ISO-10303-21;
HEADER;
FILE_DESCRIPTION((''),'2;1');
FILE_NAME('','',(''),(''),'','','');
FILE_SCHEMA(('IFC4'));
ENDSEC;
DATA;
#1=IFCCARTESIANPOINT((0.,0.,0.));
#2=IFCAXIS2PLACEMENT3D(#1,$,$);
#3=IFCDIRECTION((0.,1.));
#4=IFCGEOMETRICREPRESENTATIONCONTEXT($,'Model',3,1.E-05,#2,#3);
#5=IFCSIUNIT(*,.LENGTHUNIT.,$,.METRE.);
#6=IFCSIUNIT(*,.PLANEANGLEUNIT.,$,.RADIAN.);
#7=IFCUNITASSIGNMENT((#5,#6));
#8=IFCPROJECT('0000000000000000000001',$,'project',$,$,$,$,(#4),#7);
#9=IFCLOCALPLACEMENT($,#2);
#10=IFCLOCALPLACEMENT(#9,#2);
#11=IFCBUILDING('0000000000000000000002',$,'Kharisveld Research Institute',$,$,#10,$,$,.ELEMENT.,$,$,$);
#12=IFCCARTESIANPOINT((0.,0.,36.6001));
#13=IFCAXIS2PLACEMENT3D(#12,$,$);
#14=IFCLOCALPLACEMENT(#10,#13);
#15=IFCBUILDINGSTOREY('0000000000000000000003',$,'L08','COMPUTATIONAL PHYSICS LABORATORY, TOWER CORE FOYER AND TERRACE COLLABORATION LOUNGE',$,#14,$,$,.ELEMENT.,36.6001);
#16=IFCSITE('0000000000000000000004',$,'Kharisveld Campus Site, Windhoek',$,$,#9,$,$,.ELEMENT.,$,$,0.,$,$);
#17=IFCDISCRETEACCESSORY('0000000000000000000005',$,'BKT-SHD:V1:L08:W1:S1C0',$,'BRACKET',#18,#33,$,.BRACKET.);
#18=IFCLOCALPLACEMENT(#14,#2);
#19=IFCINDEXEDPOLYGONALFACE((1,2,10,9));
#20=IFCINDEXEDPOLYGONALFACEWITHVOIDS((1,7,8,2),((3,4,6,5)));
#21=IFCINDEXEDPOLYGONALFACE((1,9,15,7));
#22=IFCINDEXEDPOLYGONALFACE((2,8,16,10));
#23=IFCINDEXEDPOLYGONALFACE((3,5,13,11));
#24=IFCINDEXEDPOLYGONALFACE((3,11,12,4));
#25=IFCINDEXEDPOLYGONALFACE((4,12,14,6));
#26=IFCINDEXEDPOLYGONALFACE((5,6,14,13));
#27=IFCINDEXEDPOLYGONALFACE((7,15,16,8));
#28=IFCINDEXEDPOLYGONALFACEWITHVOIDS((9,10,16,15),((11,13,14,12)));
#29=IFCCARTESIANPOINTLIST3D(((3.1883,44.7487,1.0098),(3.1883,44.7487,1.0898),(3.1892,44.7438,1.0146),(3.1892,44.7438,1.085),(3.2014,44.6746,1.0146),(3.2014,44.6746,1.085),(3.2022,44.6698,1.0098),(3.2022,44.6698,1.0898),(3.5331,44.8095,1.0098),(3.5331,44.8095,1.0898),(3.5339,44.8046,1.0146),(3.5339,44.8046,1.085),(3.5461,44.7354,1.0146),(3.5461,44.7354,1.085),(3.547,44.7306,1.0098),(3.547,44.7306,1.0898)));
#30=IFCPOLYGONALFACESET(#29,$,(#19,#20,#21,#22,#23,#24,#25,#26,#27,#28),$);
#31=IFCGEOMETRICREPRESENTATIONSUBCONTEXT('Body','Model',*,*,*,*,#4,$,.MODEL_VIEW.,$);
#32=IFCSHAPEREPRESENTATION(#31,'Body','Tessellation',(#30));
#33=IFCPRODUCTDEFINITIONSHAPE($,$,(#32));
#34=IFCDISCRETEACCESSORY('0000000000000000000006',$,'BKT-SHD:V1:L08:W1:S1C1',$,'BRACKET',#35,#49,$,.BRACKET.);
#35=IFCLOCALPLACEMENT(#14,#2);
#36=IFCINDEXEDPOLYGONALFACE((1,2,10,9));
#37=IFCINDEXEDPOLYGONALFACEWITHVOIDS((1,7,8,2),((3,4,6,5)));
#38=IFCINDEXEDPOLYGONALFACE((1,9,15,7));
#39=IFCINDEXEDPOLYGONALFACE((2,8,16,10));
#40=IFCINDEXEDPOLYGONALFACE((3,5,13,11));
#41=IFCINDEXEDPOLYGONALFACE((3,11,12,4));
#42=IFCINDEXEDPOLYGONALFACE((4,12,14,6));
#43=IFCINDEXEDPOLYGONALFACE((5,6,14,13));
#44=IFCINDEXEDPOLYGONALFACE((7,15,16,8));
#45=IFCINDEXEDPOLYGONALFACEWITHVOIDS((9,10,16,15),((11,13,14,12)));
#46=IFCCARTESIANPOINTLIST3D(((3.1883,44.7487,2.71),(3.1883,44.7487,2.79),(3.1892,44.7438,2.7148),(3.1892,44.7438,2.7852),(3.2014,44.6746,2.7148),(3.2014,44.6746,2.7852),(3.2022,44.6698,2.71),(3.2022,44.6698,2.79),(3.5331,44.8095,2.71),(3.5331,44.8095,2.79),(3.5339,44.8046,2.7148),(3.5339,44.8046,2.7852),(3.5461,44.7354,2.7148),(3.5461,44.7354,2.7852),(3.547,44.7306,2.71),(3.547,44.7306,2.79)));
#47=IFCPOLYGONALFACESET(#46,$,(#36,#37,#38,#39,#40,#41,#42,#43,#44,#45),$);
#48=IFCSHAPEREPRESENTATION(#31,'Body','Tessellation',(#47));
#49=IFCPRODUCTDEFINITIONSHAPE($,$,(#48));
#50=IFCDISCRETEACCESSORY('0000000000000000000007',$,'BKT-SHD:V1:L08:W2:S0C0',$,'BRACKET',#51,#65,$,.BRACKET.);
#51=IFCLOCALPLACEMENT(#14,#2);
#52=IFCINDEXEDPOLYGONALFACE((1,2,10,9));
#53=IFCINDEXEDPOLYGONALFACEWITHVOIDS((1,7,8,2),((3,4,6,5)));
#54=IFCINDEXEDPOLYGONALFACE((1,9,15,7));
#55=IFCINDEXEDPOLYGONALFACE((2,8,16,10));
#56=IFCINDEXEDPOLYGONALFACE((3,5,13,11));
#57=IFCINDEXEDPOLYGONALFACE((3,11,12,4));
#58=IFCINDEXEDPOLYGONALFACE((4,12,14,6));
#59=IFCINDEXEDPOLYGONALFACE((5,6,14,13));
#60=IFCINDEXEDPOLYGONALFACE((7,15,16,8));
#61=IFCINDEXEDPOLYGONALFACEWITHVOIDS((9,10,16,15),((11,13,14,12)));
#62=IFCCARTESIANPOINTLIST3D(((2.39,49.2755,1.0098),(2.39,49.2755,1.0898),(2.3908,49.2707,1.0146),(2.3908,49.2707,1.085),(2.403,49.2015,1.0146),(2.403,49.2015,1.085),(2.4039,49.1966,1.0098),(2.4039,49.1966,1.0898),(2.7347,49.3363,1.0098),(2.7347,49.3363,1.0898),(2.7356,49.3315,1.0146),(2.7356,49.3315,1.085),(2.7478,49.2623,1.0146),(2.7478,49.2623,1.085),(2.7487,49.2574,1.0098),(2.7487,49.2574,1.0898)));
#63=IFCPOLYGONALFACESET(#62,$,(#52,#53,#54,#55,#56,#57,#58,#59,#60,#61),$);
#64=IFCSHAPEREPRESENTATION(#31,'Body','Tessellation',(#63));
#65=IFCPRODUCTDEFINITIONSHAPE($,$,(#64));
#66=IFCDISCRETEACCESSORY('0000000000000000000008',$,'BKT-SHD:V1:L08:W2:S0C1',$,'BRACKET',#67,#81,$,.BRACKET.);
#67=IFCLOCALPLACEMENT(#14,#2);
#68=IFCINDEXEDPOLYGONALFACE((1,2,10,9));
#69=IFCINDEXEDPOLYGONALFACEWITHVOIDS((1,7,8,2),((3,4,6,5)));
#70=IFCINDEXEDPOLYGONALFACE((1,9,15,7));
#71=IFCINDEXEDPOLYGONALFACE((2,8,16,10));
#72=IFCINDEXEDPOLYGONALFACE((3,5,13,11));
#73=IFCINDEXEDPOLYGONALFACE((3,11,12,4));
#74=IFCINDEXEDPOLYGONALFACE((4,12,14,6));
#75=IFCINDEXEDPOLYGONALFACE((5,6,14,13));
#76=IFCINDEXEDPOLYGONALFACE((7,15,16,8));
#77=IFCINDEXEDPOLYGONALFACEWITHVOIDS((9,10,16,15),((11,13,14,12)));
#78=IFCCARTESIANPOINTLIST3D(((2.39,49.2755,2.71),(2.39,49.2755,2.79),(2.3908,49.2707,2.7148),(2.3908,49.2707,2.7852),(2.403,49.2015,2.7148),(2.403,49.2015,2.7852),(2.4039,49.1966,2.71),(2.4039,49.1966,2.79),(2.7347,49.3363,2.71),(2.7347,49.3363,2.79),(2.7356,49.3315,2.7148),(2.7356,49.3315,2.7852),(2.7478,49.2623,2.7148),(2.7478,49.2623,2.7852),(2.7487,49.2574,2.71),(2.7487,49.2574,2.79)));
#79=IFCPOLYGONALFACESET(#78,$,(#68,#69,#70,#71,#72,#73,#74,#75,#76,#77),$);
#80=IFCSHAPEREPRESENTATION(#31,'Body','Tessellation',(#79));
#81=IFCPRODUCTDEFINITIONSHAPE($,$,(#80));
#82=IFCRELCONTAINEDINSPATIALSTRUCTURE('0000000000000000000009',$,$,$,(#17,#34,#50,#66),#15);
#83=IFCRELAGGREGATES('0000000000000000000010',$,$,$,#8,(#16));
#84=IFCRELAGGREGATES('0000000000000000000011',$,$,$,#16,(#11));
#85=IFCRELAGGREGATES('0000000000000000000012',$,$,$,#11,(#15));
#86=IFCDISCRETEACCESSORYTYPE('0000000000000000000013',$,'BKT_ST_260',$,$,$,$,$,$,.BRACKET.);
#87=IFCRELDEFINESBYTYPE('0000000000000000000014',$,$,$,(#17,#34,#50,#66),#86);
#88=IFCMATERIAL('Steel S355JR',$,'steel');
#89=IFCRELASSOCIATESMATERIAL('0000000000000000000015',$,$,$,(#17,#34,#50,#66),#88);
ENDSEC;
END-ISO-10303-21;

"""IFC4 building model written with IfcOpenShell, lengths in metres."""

from ifc_helpers import new_model, si_unit, direction, frame, origin, origin_2d, place, context, subcontext, project, spatial, hollow_rectangle, extrude, material, type_object, element, save


model = new_model("IFC4")

# Units and contexts
model_context = context("Model", 3, precision=1e-05, world=origin(), true_north=direction((0.0, 1.0)))
body_context = subcontext(model_context, "Body", "Model", "MODEL_VIEW")
ifc_project = project(units=[si_unit("LENGTHUNIT", "METRE"), si_unit("PLANEANGLEUNIT", "RADIAN")], contexts=[model_context])

# Site, building, storey
site_placement = place(None, origin())
site = spatial("IfcSite", under=ifc_project, at=site_placement, Name="Kharisveld Campus Site, Windhoek", CompositionType="ELEMENT", RefElevation=0.0)
building_placement = place(site_placement, origin())
building = spatial("IfcBuilding", under=site, at=building_placement, Name="Kharisveld Research Institute", CompositionType="ELEMENT")
storey_placement = place(building_placement, frame((0.0, 0.0, 36.6001)))
storey = spatial("IfcBuildingStorey", under=building, at=storey_placement, Name="L08", Description="COMPUTATIONAL PHYSICS LABORATORY, TOWER CORE FOYER AND TERRACE COLLABORATION LOUNGE", CompositionType="ELEMENT", Elevation=36.6001)

# Discrete accessories
ifc_material_1 = material(Name="Steel S355JR", Category="steel")
discrete_accessory_type = type_object("IfcDiscreteAccessoryType", Name="BKT_ST_260", PredefinedType="BRACKET")
for number, where, z_axis, x_axis, name in (
    (1, (3.54, 44.77, 1.0498), (-0.984805, -0.173666, 0.0), (0.173666, -0.984805, 0.0), "BKT-SHD:V1:L08:W1:S1C0"),
    (2, (3.54, 44.77, 2.75), (-0.984805, -0.173666, 0.0), (0.173666, -0.984805, 0.0), "BKT-SHD:V1:L08:W1:S1C1"),
    (3, (2.7417, 49.2969, 1.0498), (-0.984805, -0.173666, 0.0), (0.173666, -0.984805, 0.0), "BKT-SHD:V1:L08:W2:S0C0"),
    (4, (2.7417, 49.2969, 2.75), (-0.984805, -0.173666, 0.0), (0.173666, -0.984805, 0.0), "BKT-SHD:V1:L08:W2:S0C1"),
):
    element("IfcDiscreteAccessory", number, at=place(storey_placement, frame(where, z_axis=z_axis, x_axis=x_axis)), inside=storey, type_object=discrete_accessory_type, material=ifc_material_1, Name=name, ObjectType="BRACKET", PredefinedType="BRACKET", context=body_context, shape_type="SweptSolid", body=[
        extrude(hollow_rectangle(XDim=0.0801, YDim=0.0801, WallThickness=0.0049, at=origin_2d()), origin(), (0.0, 0.0, 1.0), 0.3501),
    ])

save(model, "model.ifc")
